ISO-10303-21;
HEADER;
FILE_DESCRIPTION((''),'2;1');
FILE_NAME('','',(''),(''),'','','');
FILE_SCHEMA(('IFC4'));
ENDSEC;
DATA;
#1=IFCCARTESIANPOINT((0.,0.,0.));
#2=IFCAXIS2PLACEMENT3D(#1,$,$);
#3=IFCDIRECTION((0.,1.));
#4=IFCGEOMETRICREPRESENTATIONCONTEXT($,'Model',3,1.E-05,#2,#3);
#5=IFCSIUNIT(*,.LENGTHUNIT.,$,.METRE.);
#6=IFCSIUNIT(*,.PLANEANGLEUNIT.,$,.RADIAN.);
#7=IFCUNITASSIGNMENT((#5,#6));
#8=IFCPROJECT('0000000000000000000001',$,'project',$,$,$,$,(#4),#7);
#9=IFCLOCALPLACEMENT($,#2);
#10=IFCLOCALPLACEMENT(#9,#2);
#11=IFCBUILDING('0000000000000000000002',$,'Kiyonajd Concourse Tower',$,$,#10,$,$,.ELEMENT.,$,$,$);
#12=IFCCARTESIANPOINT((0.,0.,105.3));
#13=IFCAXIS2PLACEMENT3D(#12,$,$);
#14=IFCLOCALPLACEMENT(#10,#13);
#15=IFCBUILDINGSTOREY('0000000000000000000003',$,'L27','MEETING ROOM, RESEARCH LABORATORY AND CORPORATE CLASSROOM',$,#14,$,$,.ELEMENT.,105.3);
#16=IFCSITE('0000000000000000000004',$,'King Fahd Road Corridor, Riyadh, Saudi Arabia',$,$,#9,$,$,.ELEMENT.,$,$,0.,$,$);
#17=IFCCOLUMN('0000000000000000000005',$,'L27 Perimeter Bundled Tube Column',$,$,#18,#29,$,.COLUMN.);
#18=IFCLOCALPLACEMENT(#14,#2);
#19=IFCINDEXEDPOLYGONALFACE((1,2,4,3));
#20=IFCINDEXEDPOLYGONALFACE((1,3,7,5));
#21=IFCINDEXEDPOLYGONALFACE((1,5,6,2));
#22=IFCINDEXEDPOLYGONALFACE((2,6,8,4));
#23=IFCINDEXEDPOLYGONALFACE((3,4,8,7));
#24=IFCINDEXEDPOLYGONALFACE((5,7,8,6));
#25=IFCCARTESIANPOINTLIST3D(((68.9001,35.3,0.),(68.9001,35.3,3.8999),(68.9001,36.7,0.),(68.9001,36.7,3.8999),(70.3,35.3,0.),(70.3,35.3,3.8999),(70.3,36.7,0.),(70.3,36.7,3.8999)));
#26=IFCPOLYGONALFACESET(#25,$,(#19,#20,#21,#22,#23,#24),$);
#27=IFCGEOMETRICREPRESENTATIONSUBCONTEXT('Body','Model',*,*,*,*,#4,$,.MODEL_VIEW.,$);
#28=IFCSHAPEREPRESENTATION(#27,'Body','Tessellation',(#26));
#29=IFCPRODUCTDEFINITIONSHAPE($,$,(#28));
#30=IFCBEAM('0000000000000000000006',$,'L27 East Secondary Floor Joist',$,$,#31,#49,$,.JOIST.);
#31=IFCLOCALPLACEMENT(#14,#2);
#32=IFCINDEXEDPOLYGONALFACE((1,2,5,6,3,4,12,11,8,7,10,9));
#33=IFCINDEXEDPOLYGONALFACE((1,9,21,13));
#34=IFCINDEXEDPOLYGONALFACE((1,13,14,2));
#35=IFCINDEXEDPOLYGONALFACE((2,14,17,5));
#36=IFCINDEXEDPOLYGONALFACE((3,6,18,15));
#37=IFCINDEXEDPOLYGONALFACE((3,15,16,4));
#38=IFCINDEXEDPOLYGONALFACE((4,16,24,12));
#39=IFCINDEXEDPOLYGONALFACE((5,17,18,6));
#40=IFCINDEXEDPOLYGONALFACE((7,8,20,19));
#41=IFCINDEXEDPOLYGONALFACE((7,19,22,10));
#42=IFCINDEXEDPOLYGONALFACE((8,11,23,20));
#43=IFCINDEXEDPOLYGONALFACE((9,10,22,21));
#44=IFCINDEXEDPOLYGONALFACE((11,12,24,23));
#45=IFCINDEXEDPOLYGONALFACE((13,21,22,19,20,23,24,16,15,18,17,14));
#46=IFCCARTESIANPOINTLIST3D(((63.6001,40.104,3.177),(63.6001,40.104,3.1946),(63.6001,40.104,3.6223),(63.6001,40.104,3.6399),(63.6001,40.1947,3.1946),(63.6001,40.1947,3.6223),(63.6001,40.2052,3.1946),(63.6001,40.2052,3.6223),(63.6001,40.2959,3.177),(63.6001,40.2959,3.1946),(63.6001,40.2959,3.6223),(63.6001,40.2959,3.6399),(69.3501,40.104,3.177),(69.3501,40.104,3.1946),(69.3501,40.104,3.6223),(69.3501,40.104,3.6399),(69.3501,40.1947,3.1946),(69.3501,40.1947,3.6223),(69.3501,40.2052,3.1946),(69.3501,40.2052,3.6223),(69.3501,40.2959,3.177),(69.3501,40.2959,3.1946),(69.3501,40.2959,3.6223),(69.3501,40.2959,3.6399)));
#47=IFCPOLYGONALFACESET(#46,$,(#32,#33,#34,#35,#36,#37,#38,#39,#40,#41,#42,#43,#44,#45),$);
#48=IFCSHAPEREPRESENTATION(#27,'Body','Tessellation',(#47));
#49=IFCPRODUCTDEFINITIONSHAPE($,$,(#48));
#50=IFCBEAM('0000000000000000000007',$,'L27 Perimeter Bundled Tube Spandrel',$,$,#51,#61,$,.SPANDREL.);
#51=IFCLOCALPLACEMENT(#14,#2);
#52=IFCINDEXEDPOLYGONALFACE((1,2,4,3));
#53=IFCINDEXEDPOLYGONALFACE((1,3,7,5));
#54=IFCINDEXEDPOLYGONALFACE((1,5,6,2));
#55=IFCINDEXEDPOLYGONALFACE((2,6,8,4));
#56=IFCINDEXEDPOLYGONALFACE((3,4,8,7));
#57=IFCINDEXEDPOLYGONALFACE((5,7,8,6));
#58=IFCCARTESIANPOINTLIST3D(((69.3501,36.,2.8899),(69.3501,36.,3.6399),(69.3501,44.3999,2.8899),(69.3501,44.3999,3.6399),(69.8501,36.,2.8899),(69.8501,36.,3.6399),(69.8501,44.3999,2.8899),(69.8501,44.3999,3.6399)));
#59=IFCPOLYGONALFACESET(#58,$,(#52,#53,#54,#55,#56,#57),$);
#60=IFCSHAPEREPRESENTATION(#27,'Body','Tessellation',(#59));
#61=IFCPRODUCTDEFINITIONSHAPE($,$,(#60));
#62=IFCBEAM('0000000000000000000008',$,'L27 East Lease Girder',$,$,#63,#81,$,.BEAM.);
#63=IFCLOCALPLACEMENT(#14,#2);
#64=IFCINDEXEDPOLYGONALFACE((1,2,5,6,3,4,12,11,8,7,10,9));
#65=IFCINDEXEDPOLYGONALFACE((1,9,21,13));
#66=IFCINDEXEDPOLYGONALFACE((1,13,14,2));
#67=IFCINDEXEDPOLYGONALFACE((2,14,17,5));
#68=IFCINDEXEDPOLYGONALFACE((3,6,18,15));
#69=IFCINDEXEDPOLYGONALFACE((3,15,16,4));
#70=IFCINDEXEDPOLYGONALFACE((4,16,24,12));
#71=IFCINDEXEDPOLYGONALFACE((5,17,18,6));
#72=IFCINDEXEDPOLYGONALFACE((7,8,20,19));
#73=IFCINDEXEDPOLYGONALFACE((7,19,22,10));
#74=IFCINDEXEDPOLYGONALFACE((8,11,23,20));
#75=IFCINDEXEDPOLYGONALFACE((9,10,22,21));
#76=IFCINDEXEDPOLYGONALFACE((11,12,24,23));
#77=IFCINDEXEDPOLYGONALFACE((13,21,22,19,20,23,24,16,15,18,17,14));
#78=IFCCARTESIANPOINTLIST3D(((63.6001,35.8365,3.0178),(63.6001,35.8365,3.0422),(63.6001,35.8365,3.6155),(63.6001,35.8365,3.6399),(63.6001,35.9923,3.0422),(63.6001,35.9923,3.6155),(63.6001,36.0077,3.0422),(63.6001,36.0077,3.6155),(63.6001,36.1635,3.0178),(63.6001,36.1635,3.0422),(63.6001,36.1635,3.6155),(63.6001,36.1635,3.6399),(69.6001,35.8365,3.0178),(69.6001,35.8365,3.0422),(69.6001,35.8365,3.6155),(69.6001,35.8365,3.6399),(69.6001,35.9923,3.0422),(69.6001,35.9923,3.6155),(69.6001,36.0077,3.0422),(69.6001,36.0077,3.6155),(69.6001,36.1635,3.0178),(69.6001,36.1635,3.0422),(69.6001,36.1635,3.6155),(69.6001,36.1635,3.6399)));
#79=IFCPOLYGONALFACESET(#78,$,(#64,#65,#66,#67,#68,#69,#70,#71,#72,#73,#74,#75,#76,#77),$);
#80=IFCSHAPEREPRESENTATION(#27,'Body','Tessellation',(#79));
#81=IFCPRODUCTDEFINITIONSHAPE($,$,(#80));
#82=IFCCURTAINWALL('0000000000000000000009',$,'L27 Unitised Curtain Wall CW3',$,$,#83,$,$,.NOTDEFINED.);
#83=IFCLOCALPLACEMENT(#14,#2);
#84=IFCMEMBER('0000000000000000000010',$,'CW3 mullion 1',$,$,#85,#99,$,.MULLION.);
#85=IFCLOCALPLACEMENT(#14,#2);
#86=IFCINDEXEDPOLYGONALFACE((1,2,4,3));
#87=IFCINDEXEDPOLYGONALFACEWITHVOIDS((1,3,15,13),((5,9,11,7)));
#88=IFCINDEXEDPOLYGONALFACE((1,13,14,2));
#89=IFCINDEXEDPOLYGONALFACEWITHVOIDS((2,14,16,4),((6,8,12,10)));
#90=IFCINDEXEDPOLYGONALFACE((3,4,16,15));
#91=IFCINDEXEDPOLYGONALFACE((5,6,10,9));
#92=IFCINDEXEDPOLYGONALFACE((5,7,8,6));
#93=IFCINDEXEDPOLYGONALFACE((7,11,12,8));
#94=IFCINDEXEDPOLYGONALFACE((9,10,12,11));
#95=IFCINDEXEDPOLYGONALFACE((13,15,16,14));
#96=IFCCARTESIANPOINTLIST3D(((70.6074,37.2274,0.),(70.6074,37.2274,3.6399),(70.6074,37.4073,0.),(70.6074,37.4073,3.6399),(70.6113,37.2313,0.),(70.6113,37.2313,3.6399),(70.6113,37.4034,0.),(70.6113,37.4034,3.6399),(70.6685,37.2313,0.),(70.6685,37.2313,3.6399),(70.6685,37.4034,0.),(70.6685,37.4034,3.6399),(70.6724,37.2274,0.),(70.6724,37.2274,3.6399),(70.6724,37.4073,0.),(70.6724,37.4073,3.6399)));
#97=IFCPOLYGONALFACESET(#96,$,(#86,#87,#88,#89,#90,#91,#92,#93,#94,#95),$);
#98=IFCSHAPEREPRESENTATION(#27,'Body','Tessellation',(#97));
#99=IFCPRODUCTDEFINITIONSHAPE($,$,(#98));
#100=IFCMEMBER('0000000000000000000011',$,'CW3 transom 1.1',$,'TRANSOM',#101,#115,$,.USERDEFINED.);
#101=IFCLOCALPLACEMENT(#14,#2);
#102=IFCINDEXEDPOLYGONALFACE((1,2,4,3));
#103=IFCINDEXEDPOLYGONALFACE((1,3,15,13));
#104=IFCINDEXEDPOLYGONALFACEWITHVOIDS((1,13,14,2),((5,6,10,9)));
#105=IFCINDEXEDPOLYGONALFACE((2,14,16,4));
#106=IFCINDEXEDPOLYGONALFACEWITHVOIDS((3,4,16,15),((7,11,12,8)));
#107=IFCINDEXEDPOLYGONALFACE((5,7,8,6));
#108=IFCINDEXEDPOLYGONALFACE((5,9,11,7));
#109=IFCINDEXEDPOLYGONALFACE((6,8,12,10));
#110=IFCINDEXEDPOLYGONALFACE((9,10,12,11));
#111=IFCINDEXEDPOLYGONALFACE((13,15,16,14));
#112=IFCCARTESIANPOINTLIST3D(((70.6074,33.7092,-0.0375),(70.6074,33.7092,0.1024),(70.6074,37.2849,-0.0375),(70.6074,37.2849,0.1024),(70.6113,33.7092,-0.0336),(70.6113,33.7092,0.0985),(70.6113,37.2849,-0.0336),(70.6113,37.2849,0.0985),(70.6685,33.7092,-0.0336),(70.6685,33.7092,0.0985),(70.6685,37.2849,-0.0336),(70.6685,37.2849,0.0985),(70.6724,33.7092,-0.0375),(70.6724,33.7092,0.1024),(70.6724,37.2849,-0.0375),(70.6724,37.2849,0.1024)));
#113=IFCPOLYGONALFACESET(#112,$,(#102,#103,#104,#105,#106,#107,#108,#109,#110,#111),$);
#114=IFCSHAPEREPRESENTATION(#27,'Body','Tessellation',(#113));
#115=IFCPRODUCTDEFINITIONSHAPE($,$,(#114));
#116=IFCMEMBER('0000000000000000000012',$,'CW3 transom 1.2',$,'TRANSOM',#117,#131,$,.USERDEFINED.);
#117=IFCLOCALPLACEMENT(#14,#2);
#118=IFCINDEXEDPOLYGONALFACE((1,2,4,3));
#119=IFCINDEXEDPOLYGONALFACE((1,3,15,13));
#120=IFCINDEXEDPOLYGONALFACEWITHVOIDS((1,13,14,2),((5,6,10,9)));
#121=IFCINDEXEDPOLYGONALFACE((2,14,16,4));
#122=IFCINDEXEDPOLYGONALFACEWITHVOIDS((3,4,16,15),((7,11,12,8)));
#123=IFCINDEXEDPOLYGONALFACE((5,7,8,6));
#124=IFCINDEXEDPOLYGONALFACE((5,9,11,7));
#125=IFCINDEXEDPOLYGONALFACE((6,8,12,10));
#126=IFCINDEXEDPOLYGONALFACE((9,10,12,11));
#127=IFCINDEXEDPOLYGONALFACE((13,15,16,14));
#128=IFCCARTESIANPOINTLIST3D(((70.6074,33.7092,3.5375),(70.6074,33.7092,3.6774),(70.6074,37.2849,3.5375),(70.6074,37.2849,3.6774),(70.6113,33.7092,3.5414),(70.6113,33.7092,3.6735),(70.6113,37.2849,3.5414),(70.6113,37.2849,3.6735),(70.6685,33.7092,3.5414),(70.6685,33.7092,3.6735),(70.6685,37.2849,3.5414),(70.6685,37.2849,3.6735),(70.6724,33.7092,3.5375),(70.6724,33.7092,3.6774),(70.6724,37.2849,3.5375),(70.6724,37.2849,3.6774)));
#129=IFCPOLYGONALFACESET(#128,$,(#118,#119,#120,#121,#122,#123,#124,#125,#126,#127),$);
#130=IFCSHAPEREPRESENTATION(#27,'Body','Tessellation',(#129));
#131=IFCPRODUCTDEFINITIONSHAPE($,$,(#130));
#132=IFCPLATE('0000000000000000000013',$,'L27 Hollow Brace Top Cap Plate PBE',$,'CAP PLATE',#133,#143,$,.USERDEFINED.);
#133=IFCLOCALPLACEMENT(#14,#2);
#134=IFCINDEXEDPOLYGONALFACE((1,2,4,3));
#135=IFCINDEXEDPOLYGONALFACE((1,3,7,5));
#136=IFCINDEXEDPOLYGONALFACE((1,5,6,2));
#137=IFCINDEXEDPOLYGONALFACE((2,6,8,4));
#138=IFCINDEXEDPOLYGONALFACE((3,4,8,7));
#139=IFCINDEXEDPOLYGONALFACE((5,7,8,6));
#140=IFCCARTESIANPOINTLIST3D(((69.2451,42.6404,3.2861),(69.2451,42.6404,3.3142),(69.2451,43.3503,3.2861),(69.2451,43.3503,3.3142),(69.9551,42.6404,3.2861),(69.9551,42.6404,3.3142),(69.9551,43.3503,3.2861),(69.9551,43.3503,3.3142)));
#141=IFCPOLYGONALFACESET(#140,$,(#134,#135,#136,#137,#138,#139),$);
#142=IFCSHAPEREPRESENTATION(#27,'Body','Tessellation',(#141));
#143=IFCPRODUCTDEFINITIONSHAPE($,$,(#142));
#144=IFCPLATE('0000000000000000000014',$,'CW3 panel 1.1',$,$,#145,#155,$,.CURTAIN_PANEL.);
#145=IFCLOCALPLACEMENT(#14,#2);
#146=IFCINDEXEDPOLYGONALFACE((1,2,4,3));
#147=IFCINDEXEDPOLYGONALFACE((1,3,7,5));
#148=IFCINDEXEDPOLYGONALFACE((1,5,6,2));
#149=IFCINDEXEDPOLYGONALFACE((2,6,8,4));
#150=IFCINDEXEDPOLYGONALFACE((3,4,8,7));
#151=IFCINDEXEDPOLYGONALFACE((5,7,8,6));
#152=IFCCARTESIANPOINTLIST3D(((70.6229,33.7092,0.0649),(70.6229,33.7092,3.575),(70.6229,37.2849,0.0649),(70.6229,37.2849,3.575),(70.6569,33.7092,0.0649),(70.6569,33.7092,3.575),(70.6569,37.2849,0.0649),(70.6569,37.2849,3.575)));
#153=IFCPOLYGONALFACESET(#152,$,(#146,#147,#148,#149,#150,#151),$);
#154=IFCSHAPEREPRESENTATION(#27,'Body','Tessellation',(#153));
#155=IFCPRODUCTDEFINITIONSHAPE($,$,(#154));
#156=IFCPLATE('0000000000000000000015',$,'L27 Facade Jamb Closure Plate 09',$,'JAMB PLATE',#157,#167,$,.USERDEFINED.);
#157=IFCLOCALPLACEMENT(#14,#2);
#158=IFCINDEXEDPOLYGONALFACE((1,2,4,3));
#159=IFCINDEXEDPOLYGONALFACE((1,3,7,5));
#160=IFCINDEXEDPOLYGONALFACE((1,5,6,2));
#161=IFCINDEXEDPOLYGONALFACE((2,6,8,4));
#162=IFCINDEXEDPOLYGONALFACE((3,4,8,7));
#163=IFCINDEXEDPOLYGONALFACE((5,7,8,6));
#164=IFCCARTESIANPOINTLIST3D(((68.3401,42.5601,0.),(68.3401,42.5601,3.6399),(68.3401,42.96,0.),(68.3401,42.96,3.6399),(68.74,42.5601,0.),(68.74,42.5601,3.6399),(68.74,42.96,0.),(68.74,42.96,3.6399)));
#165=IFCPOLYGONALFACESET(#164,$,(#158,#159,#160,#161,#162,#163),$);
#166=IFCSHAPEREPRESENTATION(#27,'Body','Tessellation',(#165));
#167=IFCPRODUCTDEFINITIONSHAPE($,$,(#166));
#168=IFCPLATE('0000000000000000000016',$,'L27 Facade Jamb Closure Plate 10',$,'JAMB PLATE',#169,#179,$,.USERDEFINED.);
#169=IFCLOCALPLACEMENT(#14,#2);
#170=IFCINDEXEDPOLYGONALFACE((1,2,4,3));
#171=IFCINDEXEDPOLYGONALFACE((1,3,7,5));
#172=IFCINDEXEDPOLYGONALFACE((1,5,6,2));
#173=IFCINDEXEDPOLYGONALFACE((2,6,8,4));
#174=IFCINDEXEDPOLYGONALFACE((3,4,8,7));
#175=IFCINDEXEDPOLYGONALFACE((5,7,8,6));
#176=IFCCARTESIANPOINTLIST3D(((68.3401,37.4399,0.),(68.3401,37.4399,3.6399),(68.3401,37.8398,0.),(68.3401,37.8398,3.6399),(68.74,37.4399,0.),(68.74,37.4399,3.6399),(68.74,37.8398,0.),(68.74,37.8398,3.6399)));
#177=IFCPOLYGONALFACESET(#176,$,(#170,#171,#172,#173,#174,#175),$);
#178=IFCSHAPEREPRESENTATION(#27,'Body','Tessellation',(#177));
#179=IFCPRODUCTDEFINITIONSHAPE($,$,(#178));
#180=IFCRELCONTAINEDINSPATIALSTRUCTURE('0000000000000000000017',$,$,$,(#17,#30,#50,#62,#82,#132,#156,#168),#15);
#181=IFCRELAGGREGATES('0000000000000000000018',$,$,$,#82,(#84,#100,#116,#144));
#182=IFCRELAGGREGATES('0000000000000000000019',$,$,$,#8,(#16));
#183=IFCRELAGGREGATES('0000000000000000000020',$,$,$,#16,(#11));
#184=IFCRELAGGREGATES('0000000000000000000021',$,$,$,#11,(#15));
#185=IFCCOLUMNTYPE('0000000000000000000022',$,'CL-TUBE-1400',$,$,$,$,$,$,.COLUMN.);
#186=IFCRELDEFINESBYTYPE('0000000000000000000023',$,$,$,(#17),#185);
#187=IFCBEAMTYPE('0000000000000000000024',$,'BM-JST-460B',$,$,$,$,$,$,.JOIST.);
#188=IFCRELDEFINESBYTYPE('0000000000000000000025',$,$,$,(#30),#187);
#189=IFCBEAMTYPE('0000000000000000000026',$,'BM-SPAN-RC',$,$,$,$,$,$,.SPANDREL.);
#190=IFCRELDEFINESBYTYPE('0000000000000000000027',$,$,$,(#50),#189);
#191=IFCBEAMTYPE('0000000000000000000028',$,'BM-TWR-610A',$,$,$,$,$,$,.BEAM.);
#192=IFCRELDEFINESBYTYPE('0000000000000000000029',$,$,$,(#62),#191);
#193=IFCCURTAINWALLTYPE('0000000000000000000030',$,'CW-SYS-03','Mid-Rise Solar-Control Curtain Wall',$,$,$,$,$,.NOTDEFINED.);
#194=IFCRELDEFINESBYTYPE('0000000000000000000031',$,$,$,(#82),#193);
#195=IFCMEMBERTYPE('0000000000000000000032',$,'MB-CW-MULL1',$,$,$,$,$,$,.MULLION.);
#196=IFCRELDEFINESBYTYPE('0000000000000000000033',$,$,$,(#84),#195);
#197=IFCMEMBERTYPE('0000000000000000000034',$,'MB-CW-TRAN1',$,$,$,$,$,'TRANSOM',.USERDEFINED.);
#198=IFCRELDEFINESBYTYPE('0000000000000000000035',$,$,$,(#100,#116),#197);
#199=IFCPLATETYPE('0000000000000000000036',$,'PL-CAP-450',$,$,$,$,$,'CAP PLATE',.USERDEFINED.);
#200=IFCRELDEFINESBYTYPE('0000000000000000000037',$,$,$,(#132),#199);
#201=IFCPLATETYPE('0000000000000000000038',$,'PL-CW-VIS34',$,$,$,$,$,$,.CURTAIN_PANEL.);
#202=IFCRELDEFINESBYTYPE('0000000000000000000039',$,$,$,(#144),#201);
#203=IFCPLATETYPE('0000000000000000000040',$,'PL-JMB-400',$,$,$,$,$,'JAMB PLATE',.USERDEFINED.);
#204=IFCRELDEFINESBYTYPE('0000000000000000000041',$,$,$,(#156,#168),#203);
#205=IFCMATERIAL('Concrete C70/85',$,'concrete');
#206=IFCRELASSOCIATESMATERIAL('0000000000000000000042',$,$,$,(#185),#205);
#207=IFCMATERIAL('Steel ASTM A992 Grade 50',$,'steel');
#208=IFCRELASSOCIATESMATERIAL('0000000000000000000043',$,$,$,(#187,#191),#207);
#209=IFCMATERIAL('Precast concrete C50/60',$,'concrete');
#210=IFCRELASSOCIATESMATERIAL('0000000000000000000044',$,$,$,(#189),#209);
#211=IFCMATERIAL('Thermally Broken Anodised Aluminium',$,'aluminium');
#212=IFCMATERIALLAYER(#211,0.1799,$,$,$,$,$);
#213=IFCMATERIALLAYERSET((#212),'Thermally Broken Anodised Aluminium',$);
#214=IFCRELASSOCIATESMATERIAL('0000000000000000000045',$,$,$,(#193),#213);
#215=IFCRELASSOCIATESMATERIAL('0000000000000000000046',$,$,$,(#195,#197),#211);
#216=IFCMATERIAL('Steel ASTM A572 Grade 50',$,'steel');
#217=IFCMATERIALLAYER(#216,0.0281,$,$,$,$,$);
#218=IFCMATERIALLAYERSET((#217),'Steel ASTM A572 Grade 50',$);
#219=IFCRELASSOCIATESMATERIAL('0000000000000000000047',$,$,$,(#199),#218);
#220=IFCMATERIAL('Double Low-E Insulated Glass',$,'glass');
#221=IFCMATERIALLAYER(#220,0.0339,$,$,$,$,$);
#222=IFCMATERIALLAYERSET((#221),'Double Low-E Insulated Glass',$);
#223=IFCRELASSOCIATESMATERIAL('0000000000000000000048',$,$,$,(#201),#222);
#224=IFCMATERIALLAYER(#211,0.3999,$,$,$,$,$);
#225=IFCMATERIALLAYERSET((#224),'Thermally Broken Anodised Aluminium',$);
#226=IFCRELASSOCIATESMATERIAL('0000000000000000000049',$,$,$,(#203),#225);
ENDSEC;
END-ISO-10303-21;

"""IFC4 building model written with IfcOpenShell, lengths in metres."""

from ifc_helpers import new_model, si_unit, direction, frame, origin, origin_2d, place, context, subcontext, project, spatial, rectangle, hollow_rectangle, i_section, extrude, material, layer, layer_set, material_profile, profile_set, type_object, element, aggregate, save


model = new_model("IFC4")

# Units and contexts
model_context = context("Model", 3, precision=1e-05, world=origin(), true_north=direction((0.0, 1.0)))
body_context = subcontext(model_context, "Body", "Model", "MODEL_VIEW")
ifc_project = project(units=[si_unit("LENGTHUNIT", "METRE"), si_unit("PLANEANGLEUNIT", "RADIAN")], contexts=[model_context])

# Site, building, storey
site_placement = place(None, origin())
site = spatial("IfcSite", under=ifc_project, at=site_placement, Name="King Fahd Road Corridor, Riyadh, Saudi Arabia", CompositionType="ELEMENT", RefElevation=0.0)
building_placement = place(site_placement, origin())
building = spatial("IfcBuilding", under=site, at=building_placement, Name="Kiyonajd Concourse Tower", CompositionType="ELEMENT")
storey_placement = place(building_placement, frame((0.0, 0.0, 105.3)))
storey = spatial("IfcBuildingStorey", under=building, at=storey_placement, Name="L27", Description="MEETING ROOM, RESEARCH LABORATORY AND CORPORATE CLASSROOM", CompositionType="ELEMENT", Elevation=105.3)

# Column
ifc_material_1 = material(Name="Concrete C70/85", Category="concrete")
ifc_material_profile_1 = material_profile(ifc_material_1, rectangle(XDim=1.3999, YDim=1.3999, at=origin_2d()), Name="RC-1400x1400")
ifc_profile_set_1 = profile_set([ifc_material_profile_1], Name="Concrete C70/85")
column_type = type_object("IfcColumnType", Name="CL-TUBE-1400", PredefinedType="COLUMN", material=ifc_profile_set_1)
column_placement = place(storey_placement, frame((69.6001, 36.0, 0.0), z_axis=(0.0, 0.0, 1.0), x_axis=(1.0, 0.0, 0.0)))
element("IfcColumn", 1, at=column_placement, inside=storey, type_object=column_type, Name="L27 Perimeter Bundled Tube Column", PredefinedType="COLUMN", context=body_context, shape_type="SweptSolid", body=[
    extrude(rectangle(XDim=1.3999, YDim=1.3999, at=origin_2d()), origin(), (0.0, 0.0, 1.0), 3.8999),
])

# Beams
ifc_material_2 = material(Name="Steel ASTM A992 Grade 50", Category="steel")
ifc_material_profile_2 = material_profile(ifc_material_2, i_section(OverallWidth=0.1919, OverallDepth=0.4629, WebThickness=0.0105, FlangeThickness=0.0176, at=origin_2d()), Name="W460X89")
ifc_profile_set_2 = profile_set([ifc_material_profile_2], Name="Steel ASTM A992 Grade 50")
beam_type_1 = type_object("IfcBeamType", Name="BM-JST-460B", PredefinedType="JOIST", material=ifc_profile_set_2)
beam_1_placement = place(storey_placement, frame((63.6001, 40.2, 3.4084), z_axis=(1.0, 0.0, 0.0), x_axis=(0.0, 1.0, 0.0)))
element("IfcBeam", 2, at=beam_1_placement, inside=storey, type_object=beam_type_1, Name="L27 East Secondary Floor Joist", PredefinedType="JOIST", context=body_context, shape_type="SweptSolid", body=[
    extrude(i_section(OverallWidth=0.1919, OverallDepth=0.4629, WebThickness=0.0105, FlangeThickness=0.0176, at=origin_2d()), origin(), (0.0, 0.0, 1.0), 5.75),
])
ifc_material_3 = material(Name="Precast concrete C50/60", Category="concrete")
ifc_material_profile_3 = material_profile(ifc_material_3, rectangle(XDim=0.5, YDim=0.75, at=origin_2d()), Name="RCBM-500x750")
ifc_profile_set_3 = profile_set([ifc_material_profile_3], Name="Precast concrete C50/60")
beam_type_2 = type_object("IfcBeamType", Name="BM-SPAN-RC", PredefinedType="SPANDREL", material=ifc_profile_set_3)
beam_2_placement = place(storey_placement, frame((69.6001, 36.0, 3.2649), z_axis=(0.0, 1.0, 0.0), x_axis=(-1.0, 0.0, 0.0)))
element("IfcBeam", 3, at=beam_2_placement, inside=storey, type_object=beam_type_2, Name="L27 Perimeter Bundled Tube Spandrel", PredefinedType="SPANDREL", context=body_context, shape_type="SweptSolid", body=[
    extrude(rectangle(XDim=0.5, YDim=0.75, at=origin_2d()), origin(), (0.0, 0.0, 1.0), 8.3999),
])
ifc_material_profile_4 = material_profile(ifc_material_2, i_section(OverallWidth=0.3269, OverallDepth=0.6221, WebThickness=0.0154, FlangeThickness=0.0244, at=origin_2d()), Name="W610X195")
ifc_profile_set_4 = profile_set([ifc_material_profile_4], Name="Steel ASTM A992 Grade 50")
beam_type_3 = type_object("IfcBeamType", Name="BM-TWR-610A", PredefinedType="BEAM", material=ifc_profile_set_4)
beam_3_placement = place(storey_placement, frame((63.6001, 36.0, 3.3289), z_axis=(1.0, 0.0, 0.0), x_axis=(0.0, 1.0, 0.0)))
element("IfcBeam", 4, at=beam_3_placement, inside=storey, type_object=beam_type_3, Name="L27 East Lease Girder", PredefinedType="BEAM", context=body_context, shape_type="SweptSolid", body=[
    extrude(i_section(OverallWidth=0.3269, OverallDepth=0.6221, WebThickness=0.0154, FlangeThickness=0.0244, at=origin_2d()), origin(), (0.0, 0.0, 1.0), 6.0),
])

# Curtain wall, members
ifc_material_4 = material(Name="Thermally Broken Anodised Aluminium", Category="aluminium")
ifc_layer_1 = layer(ifc_material_4, 0.1799)
ifc_layer_set_1 = layer_set([ifc_layer_1], Name="Thermally Broken Anodised Aluminium")
curtain_wall_type = type_object("IfcCurtainWallType", Name="CW-SYS-03", Description="Mid-Rise Solar-Control Curtain Wall", PredefinedType="NOTDEFINED", material=ifc_layer_set_1)
curtain_wall_placement = place(storey_placement, origin())
curtain_wall = element("IfcCurtainWall", 5, at=curtain_wall_placement, inside=storey, type_object=curtain_wall_type, Name="L27 Unitised Curtain Wall CW3", PredefinedType="NOTDEFINED")
ifc_material_profile_5 = material_profile(ifc_material_4, hollow_rectangle(XDim=0.0649, YDim=0.1799, WallThickness=0.0039, at=origin_2d()), Name="MULL-65x180")
ifc_profile_set_5 = profile_set([ifc_material_profile_5], Name="Thermally Broken Anodised Aluminium")
member_type_1 = type_object("IfcMemberType", Name="MB-CW-MULL1", PredefinedType="MULLION", material=ifc_profile_set_5)
member_1_placement = place(storey_placement, frame((70.6399, 37.3174, 0.0), z_axis=(0.0, 0.0, 1.0), x_axis=(1.0, 0.0, 0.0)))
member_1 = element("IfcMember", 6, at=member_1_placement, type_object=member_type_1, Name="CW3 mullion 1", PredefinedType="MULLION", context=body_context, shape_type="SweptSolid", body=[
    extrude(hollow_rectangle(XDim=0.0649, YDim=0.1799, WallThickness=0.0039, at=origin_2d()), origin(), (0.0, 0.0, 1.0), 3.6399),
])
ifc_material_profile_6 = material_profile(ifc_material_4, hollow_rectangle(XDim=0.0649, YDim=0.1399, WallThickness=0.0039, at=origin_2d()), Name="TRAN-65x140")
ifc_profile_set_6 = profile_set([ifc_material_profile_6], Name="Thermally Broken Anodised Aluminium")
member_type_2 = type_object("IfcMemberType", Name="MB-CW-TRAN1", ElementType="TRANSOM", PredefinedType="USERDEFINED", material=ifc_profile_set_6)
member_2_placement = place(storey_placement, frame((70.6399, 37.2849, 0.0325), z_axis=(0.0, -1.0, 0.0), x_axis=(1.0, 0.0, 0.0)))
member_2 = element("IfcMember", 7, at=member_2_placement, type_object=member_type_2, Name="CW3 transom 1.1", ObjectType="TRANSOM", PredefinedType="USERDEFINED", context=body_context, shape_type="SweptSolid", body=[
    extrude(hollow_rectangle(XDim=0.0649, YDim=0.1399, WallThickness=0.0039, at=origin_2d()), origin(), (0.0, 0.0, 1.0), 3.5757),
])
member_3_placement = place(storey_placement, frame((70.6399, 37.2849, 3.6074), z_axis=(0.0, -1.0, 0.0), x_axis=(1.0, 0.0, 0.0)))
member_3 = element("IfcMember", 8, at=member_3_placement, type_object=member_type_2, Name="CW3 transom 1.2", ObjectType="TRANSOM", PredefinedType="USERDEFINED", context=body_context, shape_type="SweptSolid", body=[
    extrude(hollow_rectangle(XDim=0.0649, YDim=0.1399, WallThickness=0.0039, at=origin_2d()), origin(), (0.0, 0.0, 1.0), 3.5757),
])

# Plates
ifc_material_5 = material(Name="Steel ASTM A572 Grade 50", Category="steel")
ifc_layer_2 = layer(ifc_material_5, 0.0281)
ifc_layer_set_2 = layer_set([ifc_layer_2], Name="Steel ASTM A572 Grade 50")
plate_type_1 = type_object("IfcPlateType", Name="PL-CAP-450", ElementType="CAP PLATE", PredefinedType="USERDEFINED", material=ifc_layer_set_2)
plate_1_placement = place(storey_placement, frame((69.6001, 42.9954, 3.2861), z_axis=(0.0, 0.0, 1.0), x_axis=(1.0, 0.0, 0.0)))
element("IfcPlate", 9, at=plate_1_placement, inside=storey, type_object=plate_type_1, Name="L27 Hollow Brace Top Cap Plate PBE", ObjectType="CAP PLATE", PredefinedType="USERDEFINED", context=body_context, shape_type="SweptSolid", body=[
    extrude(rectangle(XDim=0.71, YDim=0.71, at=origin_2d()), origin(), (0.0, 0.0, 1.0), 0.0281),
])
ifc_material_6 = material(Name="Double Low-E Insulated Glass", Category="glass")
ifc_layer_3 = layer(ifc_material_6, 0.0339)
ifc_layer_set_3 = layer_set([ifc_layer_3], Name="Double Low-E Insulated Glass")
plate_type_2 = type_object("IfcPlateType", Name="PL-CW-VIS34", PredefinedType="CURTAIN_PANEL", material=ifc_layer_set_3)
plate_2_placement = place(storey_placement, frame((70.6399, 35.4971, 0.0649), z_axis=(0.0, 0.0, 1.0), x_axis=(0.0, -1.0, 0.0)))
plate_2 = element("IfcPlate", 10, at=plate_2_placement, type_object=plate_type_2, Name="CW3 panel 1.1", PredefinedType="CURTAIN_PANEL", context=body_context, shape_type="SweptSolid", body=[
    extrude(rectangle(XDim=3.5757, YDim=0.0339, at=origin_2d()), origin(), (0.0, 0.0, 1.0), 3.51),
])
aggregate(curtain_wall, [member_1, member_2, member_3, plate_2])

# Plates
ifc_layer_4 = layer(ifc_material_4, 0.3999)
ifc_layer_set_4 = layer_set([ifc_layer_4], Name="Thermally Broken Anodised Aluminium")
plate_type_3 = type_object("IfcPlateType", Name="PL-JMB-400", ElementType="JAMB PLATE", PredefinedType="USERDEFINED", material=ifc_layer_set_4)
for number, where, z_axis, x_axis, name in (
    (11, (68.54, 42.76, 0.0), (0.0, 0.0, 1.0), (1.0, 0.0, 0.0), "L27 Facade Jamb Closure Plate 09"),
    (12, (68.54, 37.6399, 0.0), (0.0, 0.0, 1.0), (1.0, 0.0, 0.0), "L27 Facade Jamb Closure Plate 10"),
):
    element("IfcPlate", number, at=place(storey_placement, frame(where, z_axis=z_axis, x_axis=x_axis)), inside=storey, type_object=plate_type_3, Name=name, ObjectType="JAMB PLATE", PredefinedType="USERDEFINED", context=body_context, shape_type="SweptSolid", body=[
        extrude(rectangle(XDim=0.3999, YDim=0.3999, at=origin_2d()), origin(), (0.0, 0.0, 1.0), 3.6399),
    ])

save(model, "model.ifc")
